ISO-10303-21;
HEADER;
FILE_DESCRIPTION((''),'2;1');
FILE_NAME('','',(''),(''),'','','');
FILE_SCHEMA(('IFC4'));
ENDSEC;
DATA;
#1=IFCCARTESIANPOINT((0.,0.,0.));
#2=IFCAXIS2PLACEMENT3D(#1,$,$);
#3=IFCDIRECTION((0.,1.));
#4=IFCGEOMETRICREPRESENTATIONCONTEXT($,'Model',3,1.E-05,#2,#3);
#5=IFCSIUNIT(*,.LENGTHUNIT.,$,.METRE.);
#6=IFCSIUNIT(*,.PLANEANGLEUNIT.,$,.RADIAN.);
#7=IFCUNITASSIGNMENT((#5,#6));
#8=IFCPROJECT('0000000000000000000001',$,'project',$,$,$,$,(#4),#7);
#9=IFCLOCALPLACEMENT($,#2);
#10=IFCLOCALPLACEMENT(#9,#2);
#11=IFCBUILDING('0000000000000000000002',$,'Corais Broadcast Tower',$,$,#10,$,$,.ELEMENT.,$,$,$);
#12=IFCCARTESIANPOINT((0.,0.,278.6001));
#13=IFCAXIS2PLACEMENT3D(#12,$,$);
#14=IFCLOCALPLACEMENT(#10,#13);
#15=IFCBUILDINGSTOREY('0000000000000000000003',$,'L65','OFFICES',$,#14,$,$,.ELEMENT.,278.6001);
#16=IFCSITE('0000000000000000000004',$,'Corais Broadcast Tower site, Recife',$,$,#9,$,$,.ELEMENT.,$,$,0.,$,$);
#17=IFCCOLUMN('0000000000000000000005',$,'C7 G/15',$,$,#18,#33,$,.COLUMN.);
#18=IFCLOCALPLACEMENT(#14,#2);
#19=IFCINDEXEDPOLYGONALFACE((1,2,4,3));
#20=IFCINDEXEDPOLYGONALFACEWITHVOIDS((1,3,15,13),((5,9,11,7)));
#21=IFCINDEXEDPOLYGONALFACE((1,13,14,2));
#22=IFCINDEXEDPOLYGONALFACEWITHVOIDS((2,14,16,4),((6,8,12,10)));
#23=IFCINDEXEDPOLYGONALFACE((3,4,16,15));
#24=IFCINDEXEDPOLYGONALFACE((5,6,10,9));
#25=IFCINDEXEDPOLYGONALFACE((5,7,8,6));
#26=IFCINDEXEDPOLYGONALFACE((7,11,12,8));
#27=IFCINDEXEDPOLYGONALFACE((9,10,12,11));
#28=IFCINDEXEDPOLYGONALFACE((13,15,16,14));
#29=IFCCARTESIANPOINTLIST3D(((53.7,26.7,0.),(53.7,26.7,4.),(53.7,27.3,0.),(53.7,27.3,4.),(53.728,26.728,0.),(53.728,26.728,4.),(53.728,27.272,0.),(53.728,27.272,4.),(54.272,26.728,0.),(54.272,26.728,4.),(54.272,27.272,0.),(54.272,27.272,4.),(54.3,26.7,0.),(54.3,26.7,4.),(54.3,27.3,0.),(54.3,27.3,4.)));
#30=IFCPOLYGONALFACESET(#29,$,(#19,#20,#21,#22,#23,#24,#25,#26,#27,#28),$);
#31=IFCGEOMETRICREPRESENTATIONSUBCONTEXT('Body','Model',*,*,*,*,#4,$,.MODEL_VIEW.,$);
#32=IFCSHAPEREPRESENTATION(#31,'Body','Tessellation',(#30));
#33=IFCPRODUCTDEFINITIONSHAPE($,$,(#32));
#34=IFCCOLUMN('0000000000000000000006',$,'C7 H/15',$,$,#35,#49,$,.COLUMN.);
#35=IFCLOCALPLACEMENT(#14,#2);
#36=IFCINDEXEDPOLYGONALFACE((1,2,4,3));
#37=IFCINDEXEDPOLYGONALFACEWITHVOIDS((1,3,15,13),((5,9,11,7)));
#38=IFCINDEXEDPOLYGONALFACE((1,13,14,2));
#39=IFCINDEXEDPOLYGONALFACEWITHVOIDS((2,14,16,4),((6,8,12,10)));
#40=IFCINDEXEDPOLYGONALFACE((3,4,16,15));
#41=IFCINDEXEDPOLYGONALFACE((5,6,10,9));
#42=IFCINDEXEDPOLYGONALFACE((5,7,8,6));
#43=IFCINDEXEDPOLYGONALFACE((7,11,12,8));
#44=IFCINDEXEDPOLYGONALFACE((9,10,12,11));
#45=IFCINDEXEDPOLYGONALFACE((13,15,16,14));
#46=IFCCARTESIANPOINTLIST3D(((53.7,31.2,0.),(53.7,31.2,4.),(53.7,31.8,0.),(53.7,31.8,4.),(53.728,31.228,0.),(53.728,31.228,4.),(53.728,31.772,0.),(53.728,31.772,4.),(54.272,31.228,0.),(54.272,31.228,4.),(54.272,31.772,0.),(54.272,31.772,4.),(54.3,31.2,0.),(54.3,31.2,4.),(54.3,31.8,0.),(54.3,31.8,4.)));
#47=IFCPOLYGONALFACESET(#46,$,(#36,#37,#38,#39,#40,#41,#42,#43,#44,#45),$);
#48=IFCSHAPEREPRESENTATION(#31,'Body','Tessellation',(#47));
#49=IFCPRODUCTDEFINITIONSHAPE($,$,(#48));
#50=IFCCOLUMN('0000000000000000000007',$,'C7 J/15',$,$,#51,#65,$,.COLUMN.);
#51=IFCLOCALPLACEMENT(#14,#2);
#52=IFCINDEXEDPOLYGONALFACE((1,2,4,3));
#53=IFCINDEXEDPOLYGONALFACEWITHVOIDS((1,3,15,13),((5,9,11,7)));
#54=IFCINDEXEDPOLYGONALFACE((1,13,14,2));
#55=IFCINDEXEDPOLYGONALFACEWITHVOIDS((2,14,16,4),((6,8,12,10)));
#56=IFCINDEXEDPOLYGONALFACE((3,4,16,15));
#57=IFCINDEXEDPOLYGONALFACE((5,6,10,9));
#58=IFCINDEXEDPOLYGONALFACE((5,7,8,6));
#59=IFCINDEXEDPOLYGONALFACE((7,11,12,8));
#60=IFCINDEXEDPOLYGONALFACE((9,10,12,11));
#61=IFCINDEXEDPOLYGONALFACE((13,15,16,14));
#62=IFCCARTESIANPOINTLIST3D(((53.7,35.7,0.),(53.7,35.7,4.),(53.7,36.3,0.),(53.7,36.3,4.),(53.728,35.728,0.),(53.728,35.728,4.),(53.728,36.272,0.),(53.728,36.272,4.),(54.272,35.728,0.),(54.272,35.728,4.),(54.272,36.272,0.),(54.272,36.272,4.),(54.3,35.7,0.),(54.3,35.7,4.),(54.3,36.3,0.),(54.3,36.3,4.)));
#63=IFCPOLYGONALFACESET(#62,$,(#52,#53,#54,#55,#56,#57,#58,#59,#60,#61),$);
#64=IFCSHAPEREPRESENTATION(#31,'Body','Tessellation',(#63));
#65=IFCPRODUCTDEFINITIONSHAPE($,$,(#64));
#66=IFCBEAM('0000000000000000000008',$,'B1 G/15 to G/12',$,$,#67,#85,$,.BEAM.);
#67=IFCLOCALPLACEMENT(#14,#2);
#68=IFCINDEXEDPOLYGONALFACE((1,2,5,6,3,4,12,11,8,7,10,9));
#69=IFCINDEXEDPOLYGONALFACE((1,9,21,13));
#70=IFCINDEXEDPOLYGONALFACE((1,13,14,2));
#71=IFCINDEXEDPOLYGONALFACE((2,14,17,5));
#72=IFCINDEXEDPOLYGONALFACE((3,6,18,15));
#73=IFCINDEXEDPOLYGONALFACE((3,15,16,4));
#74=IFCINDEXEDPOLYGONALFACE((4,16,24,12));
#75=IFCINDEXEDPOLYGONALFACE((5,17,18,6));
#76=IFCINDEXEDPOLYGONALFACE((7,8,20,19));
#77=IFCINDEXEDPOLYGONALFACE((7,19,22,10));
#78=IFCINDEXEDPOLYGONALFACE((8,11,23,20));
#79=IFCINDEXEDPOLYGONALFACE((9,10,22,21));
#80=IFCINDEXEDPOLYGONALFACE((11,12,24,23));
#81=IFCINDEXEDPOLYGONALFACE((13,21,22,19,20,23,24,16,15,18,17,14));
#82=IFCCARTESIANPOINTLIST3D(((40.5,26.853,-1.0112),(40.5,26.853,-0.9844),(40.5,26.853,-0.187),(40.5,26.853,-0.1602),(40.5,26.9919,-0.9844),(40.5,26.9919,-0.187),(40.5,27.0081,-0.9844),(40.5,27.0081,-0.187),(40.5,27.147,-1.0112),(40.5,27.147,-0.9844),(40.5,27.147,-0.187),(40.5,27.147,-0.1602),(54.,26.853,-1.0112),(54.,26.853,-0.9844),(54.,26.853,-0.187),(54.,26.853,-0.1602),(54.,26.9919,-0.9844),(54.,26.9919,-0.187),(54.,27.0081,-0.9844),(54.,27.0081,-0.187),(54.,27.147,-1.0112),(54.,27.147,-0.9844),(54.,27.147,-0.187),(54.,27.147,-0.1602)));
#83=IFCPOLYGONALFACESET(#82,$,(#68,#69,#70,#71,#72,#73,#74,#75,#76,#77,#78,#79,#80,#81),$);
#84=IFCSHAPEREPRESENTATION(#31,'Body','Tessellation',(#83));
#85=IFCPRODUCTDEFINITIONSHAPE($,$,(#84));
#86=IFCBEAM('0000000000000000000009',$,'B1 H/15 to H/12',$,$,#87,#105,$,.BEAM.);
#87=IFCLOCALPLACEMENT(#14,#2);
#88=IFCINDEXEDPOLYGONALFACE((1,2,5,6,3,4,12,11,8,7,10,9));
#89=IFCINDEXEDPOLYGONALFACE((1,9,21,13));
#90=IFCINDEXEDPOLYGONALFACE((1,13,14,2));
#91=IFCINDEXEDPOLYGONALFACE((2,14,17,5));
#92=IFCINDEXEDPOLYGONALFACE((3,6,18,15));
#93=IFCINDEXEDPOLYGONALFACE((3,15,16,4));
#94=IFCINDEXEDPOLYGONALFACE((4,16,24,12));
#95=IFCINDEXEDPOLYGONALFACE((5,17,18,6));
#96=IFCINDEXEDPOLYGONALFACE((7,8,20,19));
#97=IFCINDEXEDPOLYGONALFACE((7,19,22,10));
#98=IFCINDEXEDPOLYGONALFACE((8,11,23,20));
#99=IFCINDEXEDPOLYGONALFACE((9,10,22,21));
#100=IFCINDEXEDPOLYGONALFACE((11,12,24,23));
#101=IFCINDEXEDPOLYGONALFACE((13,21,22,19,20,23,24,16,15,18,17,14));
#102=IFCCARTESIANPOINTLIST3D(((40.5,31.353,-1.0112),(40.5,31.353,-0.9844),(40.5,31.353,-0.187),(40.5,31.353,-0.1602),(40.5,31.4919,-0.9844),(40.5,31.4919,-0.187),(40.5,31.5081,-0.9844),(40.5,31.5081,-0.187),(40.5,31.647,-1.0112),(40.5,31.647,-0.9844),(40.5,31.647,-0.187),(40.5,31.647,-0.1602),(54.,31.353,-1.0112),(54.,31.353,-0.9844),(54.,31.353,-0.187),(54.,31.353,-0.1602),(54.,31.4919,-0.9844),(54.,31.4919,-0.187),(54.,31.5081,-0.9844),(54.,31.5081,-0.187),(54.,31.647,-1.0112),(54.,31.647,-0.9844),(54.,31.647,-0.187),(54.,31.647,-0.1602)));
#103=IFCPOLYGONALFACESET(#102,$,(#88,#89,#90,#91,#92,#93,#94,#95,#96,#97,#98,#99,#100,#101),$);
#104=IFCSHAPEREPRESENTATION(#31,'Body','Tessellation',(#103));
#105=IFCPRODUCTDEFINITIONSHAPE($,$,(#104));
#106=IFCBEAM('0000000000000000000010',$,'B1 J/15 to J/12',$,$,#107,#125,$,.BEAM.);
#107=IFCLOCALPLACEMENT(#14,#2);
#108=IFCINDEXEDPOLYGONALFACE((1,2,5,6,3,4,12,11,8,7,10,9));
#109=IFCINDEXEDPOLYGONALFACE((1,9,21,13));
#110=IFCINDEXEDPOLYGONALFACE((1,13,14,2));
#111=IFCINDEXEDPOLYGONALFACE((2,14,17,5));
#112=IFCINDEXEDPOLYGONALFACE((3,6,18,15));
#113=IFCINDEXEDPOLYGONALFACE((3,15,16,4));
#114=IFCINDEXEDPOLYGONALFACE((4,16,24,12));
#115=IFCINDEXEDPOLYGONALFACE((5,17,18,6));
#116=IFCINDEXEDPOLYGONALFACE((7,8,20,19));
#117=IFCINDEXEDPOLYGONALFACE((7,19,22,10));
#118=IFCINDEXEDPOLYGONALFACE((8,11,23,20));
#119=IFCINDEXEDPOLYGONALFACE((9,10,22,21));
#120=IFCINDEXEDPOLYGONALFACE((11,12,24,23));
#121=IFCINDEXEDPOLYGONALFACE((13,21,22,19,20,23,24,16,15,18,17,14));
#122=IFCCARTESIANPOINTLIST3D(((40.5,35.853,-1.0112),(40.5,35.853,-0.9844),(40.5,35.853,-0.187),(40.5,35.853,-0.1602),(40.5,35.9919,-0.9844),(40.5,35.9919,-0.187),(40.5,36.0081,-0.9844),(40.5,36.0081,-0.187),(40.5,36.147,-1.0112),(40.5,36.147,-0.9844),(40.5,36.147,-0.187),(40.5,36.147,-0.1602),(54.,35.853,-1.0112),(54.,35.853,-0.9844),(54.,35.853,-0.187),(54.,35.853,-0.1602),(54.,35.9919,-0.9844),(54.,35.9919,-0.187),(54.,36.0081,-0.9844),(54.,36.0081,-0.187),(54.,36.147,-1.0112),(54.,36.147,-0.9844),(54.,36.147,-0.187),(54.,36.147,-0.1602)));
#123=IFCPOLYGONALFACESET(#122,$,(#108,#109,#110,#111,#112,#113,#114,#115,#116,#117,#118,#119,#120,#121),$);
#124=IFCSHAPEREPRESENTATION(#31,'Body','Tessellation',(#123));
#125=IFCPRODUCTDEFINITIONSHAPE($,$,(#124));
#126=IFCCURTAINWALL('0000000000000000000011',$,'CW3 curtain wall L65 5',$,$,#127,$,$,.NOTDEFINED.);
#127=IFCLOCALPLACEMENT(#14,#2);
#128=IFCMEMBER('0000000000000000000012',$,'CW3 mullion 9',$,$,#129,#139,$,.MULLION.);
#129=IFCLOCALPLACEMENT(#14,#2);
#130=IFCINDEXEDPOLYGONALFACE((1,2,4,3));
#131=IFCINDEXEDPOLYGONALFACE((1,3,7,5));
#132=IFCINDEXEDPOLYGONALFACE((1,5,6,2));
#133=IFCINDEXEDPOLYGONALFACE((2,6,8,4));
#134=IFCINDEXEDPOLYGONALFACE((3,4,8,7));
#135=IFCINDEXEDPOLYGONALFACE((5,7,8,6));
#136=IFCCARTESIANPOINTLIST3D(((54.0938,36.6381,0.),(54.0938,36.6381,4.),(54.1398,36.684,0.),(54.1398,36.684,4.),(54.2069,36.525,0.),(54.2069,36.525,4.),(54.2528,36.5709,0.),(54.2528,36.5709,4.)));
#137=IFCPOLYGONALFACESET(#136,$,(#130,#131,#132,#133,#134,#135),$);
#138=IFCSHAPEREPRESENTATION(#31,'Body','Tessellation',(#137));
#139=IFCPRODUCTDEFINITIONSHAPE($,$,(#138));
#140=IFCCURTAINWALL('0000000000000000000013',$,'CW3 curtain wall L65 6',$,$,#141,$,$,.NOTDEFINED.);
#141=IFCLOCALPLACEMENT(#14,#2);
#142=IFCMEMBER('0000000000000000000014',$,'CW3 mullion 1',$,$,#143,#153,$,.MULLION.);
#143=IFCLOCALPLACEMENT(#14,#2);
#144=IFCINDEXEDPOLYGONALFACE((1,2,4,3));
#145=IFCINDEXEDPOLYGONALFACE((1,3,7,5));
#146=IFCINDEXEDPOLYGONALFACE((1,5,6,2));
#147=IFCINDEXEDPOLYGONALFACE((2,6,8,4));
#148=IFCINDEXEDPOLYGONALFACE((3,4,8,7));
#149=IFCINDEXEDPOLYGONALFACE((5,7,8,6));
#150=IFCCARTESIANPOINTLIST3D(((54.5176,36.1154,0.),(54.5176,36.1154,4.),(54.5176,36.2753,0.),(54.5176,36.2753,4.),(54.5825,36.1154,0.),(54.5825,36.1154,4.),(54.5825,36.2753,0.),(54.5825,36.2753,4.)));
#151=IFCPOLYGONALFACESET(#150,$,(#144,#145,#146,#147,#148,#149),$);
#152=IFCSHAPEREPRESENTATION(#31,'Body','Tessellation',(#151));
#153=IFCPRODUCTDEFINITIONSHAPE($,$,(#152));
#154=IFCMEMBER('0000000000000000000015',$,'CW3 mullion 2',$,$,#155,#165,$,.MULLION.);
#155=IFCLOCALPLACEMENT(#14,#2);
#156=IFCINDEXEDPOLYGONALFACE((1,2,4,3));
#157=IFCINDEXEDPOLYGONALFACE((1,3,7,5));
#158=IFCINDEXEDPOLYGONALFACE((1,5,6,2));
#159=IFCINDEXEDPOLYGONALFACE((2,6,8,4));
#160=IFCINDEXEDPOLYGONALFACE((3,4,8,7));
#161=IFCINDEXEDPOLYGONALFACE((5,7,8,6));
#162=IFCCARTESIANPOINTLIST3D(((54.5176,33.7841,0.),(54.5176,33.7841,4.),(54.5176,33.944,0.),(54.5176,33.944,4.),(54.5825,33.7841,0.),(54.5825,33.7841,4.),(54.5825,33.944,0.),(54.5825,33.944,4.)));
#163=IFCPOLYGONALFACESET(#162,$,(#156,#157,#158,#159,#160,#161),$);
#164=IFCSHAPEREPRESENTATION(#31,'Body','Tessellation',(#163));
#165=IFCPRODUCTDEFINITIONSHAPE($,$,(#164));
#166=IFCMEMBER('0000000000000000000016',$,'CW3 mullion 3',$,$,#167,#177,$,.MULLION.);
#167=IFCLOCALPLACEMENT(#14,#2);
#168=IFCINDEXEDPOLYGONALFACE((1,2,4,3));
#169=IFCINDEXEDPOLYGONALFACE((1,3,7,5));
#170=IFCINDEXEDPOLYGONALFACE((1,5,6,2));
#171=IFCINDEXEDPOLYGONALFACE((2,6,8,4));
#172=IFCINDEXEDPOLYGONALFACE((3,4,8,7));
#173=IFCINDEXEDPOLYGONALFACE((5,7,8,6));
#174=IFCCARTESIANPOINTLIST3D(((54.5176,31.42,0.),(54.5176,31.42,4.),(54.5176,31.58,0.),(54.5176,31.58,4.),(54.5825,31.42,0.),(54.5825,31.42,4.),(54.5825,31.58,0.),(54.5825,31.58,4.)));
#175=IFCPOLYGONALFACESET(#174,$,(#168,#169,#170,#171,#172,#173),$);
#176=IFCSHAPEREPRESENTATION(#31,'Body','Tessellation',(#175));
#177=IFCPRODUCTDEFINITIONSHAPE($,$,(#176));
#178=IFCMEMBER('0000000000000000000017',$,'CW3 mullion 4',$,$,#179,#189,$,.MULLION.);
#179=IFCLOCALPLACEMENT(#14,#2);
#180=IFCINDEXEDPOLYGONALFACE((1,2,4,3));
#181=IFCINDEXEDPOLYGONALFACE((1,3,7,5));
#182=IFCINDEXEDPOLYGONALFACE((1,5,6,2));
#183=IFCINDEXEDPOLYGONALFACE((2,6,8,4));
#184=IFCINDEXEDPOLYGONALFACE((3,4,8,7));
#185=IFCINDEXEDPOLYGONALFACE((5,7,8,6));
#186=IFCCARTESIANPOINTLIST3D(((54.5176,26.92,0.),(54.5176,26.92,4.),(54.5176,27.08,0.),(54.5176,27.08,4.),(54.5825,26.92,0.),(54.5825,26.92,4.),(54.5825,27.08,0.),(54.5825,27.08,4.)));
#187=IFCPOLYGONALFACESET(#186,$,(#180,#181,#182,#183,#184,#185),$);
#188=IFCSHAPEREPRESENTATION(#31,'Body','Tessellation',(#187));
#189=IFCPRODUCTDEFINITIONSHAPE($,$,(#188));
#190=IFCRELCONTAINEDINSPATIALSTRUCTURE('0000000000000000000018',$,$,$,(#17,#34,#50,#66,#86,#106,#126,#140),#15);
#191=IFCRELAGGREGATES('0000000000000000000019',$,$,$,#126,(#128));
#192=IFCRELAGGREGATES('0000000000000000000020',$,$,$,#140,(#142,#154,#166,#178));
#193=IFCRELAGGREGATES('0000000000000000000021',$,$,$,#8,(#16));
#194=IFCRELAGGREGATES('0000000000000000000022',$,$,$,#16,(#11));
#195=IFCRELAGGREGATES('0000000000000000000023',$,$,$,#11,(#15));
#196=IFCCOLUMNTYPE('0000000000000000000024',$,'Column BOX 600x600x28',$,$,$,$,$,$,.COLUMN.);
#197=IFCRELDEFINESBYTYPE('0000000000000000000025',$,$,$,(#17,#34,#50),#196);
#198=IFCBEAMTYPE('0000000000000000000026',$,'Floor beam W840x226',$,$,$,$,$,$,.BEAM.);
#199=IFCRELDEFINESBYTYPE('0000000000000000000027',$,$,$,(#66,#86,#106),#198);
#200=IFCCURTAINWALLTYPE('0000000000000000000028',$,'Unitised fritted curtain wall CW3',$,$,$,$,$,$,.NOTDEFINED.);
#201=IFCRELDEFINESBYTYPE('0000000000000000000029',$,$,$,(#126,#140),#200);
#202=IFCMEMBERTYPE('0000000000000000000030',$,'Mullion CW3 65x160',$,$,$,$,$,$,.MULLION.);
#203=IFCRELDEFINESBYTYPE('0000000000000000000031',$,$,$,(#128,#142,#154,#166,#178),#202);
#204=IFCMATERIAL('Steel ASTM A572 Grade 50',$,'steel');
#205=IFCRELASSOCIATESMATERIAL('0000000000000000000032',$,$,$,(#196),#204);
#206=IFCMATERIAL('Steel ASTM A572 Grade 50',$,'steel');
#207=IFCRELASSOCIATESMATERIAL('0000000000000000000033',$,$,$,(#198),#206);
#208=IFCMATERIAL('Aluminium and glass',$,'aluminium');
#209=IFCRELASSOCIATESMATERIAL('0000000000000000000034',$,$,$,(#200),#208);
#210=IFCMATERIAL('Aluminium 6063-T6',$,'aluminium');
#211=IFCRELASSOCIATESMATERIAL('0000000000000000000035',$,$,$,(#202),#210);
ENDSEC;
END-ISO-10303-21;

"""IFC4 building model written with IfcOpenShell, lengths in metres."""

from ifc_helpers import new_model, si_unit, direction, frame, origin, origin_2d, place, context, subcontext, project, spatial, rectangle, hollow_rectangle, i_section, extrude, material, material_profile, profile_set, type_object, element, aggregate, save


model = new_model("IFC4")

# Units and contexts
model_context = context("Model", 3, precision=1e-05, world=origin(), true_north=direction((0.0, 1.0)))
body_context = subcontext(model_context, "Body", "Model", "MODEL_VIEW")
ifc_project = project(units=[si_unit("LENGTHUNIT", "METRE"), si_unit("PLANEANGLEUNIT", "RADIAN")], contexts=[model_context])

# Site, building, storey
site_placement = place(None, origin())
site = spatial("IfcSite", under=ifc_project, at=site_placement, Name="Corais Broadcast Tower site, Recife", CompositionType="ELEMENT", RefElevation=0.0)
building_placement = place(site_placement, origin())
building = spatial("IfcBuilding", under=site, at=building_placement, Name="Corais Broadcast Tower", CompositionType="ELEMENT")
storey_placement = place(building_placement, frame((0.0, 0.0, 278.6001)))
storey = spatial("IfcBuildingStorey", under=building, at=storey_placement, Name="L65", Description="OFFICES", CompositionType="ELEMENT", Elevation=278.6001)

# Columns
ifc_material_1 = material(Name="Steel ASTM A572 Grade 50", Category="steel")
ifc_material_profile_1 = material_profile(ifc_material_1, hollow_rectangle(XDim=0.6001, YDim=0.6001, WallThickness=0.0281, at=origin_2d()), Name="BOX 600x600x28")
ifc_profile_set_1 = profile_set([ifc_material_profile_1], Name="Steel ASTM A572 Grade 50")
column_type = type_object("IfcColumnType", Name="Column BOX 600x600x28", PredefinedType="COLUMN", material=ifc_profile_set_1)
for number, where, z_axis, x_axis, name in (
    (1, (54.0, 27.0, 0.0), (0.0, 0.0, 1.0), (1.0, 0.0, 0.0), "C7 G/15"),
    (2, (54.0, 31.5, 0.0), (0.0, 0.0, 1.0), (1.0, 0.0, 0.0), "C7 H/15"),
    (3, (54.0, 36.0, 0.0), (0.0, 0.0, 1.0), (1.0, 0.0, 0.0), "C7 J/15"),
):
    element("IfcColumn", number, at=place(storey_placement, frame(where, z_axis=z_axis, x_axis=x_axis)), inside=storey, type_object=column_type, Name=name, PredefinedType="COLUMN", context=body_context, shape_type="SweptSolid", body=[
        extrude(hollow_rectangle(XDim=0.6001, YDim=0.6001, WallThickness=0.0281, at=origin_2d()), origin(), (0.0, 0.0, 1.0), 4.0),
    ])

# Beams
ifc_material_2 = material(Name="Steel ASTM A572 Grade 50", Category="steel")
ifc_material_profile_2 = material_profile(ifc_material_2, i_section(OverallWidth=0.2939, OverallDepth=0.8511, WebThickness=0.0161, FlangeThickness=0.0269, at=origin_2d()), Name="W840x226")
ifc_profile_set_2 = profile_set([ifc_material_profile_2], Name="Steel ASTM A572 Grade 50")
beam_type_1 = type_object("IfcBeamType", Name="Floor beam W840x226", PredefinedType="BEAM", material=ifc_profile_set_2)
for number, where, z_axis, x_axis, name in (
    (4, (54.0, 27.0, -0.5857), (-1.0, 0.0, 0.0), (0.0, -1.0, 0.0), "B1 G/15 to G/12"),
    (5, (54.0, 31.5, -0.5857), (-1.0, 0.0, 0.0), (0.0, -1.0, 0.0), "B1 H/15 to H/12"),
    (6, (54.0, 36.0, -0.5857), (-1.0, 0.0, 0.0), (0.0, -1.0, 0.0), "B1 J/15 to J/12"),
):
    element("IfcBeam", number, at=place(storey_placement, frame(where, z_axis=z_axis, x_axis=x_axis)), inside=storey, type_object=beam_type_1, Name=name, PredefinedType="BEAM", context=body_context, shape_type="SweptSolid", body=[
        extrude(i_section(OverallWidth=0.2939, OverallDepth=0.8511, WebThickness=0.0161, FlangeThickness=0.0269, at=origin_2d()), origin(), (0.0, 0.0, 1.0), 13.5),
    ])

# Curtain wall, member
ifc_material_3 = material(Name="Aluminium and glass", Category="aluminium")
curtain_wall_type = type_object("IfcCurtainWallType", Name="Unitised fritted curtain wall CW3", PredefinedType="NOTDEFINED", material=ifc_material_3)
curtain_wall_1_placement = place(storey_placement, origin())
curtain_wall_1 = element("IfcCurtainWall", 7, at=curtain_wall_1_placement, inside=storey, type_object=curtain_wall_type, Name="CW3 curtain wall L65 5", PredefinedType="NOTDEFINED")
ifc_material_4 = material(Name="Aluminium 6063-T6", Category="aluminium")
ifc_material_profile_3 = material_profile(ifc_material_4, rectangle(XDim=0.0649, YDim=0.1599, at=origin_2d()), Name="Mullion CW3 65x160")
ifc_profile_set_3 = profile_set([ifc_material_profile_3], Name="Aluminium 6063-T6")
member_type_1 = type_object("IfcMemberType", Name="Mullion CW3 65x160", PredefinedType="MULLION", material=ifc_profile_set_3)
member_1_placement = place(storey_placement, frame((54.1733, 36.6045, 0.0), z_axis=(0.0, 0.0, 1.0), x_axis=(0.707107, 0.707107, 0.0)))
member_1 = element("IfcMember", 8, at=member_1_placement, type_object=member_type_1, Name="CW3 mullion 9", PredefinedType="MULLION", context=body_context, shape_type="SweptSolid", body=[
    extrude(rectangle(XDim=0.0649, YDim=0.1599, at=origin_2d()), origin(), (0.0, 0.0, 1.0), 4.0),
])

# Curtain wall, members
curtain_wall_2_placement = place(storey_placement, origin())
curtain_wall_2 = element("IfcCurtainWall", 9, at=curtain_wall_2_placement, inside=storey, type_object=curtain_wall_type, Name="CW3 curtain wall L65 6", PredefinedType="NOTDEFINED")
member_2_placement = place(storey_placement, frame((54.55, 36.1953, 0.0), z_axis=(0.0, 0.0, 1.0), x_axis=(1.0, 0.0, 0.0)))
member_2 = element("IfcMember", 10, at=member_2_placement, type_object=member_type_1, Name="CW3 mullion 1", PredefinedType="MULLION", context=body_context, shape_type="SweptSolid", body=[
    extrude(rectangle(XDim=0.0649, YDim=0.1599, at=origin_2d()), origin(), (0.0, 0.0, 1.0), 4.0),
])
member_3_placement = place(storey_placement, frame((54.55, 33.864, 0.0), z_axis=(0.0, 0.0, 1.0), x_axis=(1.0, 0.0, 0.0)))
member_3 = element("IfcMember", 11, at=member_3_placement, type_object=member_type_1, Name="CW3 mullion 2", PredefinedType="MULLION", context=body_context, shape_type="SweptSolid", body=[
    extrude(rectangle(XDim=0.0649, YDim=0.1599, at=origin_2d()), origin(), (0.0, 0.0, 1.0), 4.0),
])
member_4_placement = place(storey_placement, frame((54.55, 31.5, 0.0), z_axis=(0.0, 0.0, 1.0), x_axis=(1.0, 0.0, 0.0)))
member_4 = element("IfcMember", 12, at=member_4_placement, type_object=member_type_1, Name="CW3 mullion 3", PredefinedType="MULLION", context=body_context, shape_type="SweptSolid", body=[
    extrude(rectangle(XDim=0.0649, YDim=0.1599, at=origin_2d()), origin(), (0.0, 0.0, 1.0), 4.0),
])
member_5_placement = place(storey_placement, frame((54.55, 27.0, 0.0), z_axis=(0.0, 0.0, 1.0), x_axis=(1.0, 0.0, 0.0)))
member_5 = element("IfcMember", 13, at=member_5_placement, type_object=member_type_1, Name="CW3 mullion 4", PredefinedType="MULLION", context=body_context, shape_type="SweptSolid", body=[
    extrude(rectangle(XDim=0.0649, YDim=0.1599, at=origin_2d()), origin(), (0.0, 0.0, 1.0), 4.0),
])

aggregate(curtain_wall_1, [member_1])
aggregate(curtain_wall_2, [member_2, member_3, member_4, member_5])

save(model, "model.ifc")
